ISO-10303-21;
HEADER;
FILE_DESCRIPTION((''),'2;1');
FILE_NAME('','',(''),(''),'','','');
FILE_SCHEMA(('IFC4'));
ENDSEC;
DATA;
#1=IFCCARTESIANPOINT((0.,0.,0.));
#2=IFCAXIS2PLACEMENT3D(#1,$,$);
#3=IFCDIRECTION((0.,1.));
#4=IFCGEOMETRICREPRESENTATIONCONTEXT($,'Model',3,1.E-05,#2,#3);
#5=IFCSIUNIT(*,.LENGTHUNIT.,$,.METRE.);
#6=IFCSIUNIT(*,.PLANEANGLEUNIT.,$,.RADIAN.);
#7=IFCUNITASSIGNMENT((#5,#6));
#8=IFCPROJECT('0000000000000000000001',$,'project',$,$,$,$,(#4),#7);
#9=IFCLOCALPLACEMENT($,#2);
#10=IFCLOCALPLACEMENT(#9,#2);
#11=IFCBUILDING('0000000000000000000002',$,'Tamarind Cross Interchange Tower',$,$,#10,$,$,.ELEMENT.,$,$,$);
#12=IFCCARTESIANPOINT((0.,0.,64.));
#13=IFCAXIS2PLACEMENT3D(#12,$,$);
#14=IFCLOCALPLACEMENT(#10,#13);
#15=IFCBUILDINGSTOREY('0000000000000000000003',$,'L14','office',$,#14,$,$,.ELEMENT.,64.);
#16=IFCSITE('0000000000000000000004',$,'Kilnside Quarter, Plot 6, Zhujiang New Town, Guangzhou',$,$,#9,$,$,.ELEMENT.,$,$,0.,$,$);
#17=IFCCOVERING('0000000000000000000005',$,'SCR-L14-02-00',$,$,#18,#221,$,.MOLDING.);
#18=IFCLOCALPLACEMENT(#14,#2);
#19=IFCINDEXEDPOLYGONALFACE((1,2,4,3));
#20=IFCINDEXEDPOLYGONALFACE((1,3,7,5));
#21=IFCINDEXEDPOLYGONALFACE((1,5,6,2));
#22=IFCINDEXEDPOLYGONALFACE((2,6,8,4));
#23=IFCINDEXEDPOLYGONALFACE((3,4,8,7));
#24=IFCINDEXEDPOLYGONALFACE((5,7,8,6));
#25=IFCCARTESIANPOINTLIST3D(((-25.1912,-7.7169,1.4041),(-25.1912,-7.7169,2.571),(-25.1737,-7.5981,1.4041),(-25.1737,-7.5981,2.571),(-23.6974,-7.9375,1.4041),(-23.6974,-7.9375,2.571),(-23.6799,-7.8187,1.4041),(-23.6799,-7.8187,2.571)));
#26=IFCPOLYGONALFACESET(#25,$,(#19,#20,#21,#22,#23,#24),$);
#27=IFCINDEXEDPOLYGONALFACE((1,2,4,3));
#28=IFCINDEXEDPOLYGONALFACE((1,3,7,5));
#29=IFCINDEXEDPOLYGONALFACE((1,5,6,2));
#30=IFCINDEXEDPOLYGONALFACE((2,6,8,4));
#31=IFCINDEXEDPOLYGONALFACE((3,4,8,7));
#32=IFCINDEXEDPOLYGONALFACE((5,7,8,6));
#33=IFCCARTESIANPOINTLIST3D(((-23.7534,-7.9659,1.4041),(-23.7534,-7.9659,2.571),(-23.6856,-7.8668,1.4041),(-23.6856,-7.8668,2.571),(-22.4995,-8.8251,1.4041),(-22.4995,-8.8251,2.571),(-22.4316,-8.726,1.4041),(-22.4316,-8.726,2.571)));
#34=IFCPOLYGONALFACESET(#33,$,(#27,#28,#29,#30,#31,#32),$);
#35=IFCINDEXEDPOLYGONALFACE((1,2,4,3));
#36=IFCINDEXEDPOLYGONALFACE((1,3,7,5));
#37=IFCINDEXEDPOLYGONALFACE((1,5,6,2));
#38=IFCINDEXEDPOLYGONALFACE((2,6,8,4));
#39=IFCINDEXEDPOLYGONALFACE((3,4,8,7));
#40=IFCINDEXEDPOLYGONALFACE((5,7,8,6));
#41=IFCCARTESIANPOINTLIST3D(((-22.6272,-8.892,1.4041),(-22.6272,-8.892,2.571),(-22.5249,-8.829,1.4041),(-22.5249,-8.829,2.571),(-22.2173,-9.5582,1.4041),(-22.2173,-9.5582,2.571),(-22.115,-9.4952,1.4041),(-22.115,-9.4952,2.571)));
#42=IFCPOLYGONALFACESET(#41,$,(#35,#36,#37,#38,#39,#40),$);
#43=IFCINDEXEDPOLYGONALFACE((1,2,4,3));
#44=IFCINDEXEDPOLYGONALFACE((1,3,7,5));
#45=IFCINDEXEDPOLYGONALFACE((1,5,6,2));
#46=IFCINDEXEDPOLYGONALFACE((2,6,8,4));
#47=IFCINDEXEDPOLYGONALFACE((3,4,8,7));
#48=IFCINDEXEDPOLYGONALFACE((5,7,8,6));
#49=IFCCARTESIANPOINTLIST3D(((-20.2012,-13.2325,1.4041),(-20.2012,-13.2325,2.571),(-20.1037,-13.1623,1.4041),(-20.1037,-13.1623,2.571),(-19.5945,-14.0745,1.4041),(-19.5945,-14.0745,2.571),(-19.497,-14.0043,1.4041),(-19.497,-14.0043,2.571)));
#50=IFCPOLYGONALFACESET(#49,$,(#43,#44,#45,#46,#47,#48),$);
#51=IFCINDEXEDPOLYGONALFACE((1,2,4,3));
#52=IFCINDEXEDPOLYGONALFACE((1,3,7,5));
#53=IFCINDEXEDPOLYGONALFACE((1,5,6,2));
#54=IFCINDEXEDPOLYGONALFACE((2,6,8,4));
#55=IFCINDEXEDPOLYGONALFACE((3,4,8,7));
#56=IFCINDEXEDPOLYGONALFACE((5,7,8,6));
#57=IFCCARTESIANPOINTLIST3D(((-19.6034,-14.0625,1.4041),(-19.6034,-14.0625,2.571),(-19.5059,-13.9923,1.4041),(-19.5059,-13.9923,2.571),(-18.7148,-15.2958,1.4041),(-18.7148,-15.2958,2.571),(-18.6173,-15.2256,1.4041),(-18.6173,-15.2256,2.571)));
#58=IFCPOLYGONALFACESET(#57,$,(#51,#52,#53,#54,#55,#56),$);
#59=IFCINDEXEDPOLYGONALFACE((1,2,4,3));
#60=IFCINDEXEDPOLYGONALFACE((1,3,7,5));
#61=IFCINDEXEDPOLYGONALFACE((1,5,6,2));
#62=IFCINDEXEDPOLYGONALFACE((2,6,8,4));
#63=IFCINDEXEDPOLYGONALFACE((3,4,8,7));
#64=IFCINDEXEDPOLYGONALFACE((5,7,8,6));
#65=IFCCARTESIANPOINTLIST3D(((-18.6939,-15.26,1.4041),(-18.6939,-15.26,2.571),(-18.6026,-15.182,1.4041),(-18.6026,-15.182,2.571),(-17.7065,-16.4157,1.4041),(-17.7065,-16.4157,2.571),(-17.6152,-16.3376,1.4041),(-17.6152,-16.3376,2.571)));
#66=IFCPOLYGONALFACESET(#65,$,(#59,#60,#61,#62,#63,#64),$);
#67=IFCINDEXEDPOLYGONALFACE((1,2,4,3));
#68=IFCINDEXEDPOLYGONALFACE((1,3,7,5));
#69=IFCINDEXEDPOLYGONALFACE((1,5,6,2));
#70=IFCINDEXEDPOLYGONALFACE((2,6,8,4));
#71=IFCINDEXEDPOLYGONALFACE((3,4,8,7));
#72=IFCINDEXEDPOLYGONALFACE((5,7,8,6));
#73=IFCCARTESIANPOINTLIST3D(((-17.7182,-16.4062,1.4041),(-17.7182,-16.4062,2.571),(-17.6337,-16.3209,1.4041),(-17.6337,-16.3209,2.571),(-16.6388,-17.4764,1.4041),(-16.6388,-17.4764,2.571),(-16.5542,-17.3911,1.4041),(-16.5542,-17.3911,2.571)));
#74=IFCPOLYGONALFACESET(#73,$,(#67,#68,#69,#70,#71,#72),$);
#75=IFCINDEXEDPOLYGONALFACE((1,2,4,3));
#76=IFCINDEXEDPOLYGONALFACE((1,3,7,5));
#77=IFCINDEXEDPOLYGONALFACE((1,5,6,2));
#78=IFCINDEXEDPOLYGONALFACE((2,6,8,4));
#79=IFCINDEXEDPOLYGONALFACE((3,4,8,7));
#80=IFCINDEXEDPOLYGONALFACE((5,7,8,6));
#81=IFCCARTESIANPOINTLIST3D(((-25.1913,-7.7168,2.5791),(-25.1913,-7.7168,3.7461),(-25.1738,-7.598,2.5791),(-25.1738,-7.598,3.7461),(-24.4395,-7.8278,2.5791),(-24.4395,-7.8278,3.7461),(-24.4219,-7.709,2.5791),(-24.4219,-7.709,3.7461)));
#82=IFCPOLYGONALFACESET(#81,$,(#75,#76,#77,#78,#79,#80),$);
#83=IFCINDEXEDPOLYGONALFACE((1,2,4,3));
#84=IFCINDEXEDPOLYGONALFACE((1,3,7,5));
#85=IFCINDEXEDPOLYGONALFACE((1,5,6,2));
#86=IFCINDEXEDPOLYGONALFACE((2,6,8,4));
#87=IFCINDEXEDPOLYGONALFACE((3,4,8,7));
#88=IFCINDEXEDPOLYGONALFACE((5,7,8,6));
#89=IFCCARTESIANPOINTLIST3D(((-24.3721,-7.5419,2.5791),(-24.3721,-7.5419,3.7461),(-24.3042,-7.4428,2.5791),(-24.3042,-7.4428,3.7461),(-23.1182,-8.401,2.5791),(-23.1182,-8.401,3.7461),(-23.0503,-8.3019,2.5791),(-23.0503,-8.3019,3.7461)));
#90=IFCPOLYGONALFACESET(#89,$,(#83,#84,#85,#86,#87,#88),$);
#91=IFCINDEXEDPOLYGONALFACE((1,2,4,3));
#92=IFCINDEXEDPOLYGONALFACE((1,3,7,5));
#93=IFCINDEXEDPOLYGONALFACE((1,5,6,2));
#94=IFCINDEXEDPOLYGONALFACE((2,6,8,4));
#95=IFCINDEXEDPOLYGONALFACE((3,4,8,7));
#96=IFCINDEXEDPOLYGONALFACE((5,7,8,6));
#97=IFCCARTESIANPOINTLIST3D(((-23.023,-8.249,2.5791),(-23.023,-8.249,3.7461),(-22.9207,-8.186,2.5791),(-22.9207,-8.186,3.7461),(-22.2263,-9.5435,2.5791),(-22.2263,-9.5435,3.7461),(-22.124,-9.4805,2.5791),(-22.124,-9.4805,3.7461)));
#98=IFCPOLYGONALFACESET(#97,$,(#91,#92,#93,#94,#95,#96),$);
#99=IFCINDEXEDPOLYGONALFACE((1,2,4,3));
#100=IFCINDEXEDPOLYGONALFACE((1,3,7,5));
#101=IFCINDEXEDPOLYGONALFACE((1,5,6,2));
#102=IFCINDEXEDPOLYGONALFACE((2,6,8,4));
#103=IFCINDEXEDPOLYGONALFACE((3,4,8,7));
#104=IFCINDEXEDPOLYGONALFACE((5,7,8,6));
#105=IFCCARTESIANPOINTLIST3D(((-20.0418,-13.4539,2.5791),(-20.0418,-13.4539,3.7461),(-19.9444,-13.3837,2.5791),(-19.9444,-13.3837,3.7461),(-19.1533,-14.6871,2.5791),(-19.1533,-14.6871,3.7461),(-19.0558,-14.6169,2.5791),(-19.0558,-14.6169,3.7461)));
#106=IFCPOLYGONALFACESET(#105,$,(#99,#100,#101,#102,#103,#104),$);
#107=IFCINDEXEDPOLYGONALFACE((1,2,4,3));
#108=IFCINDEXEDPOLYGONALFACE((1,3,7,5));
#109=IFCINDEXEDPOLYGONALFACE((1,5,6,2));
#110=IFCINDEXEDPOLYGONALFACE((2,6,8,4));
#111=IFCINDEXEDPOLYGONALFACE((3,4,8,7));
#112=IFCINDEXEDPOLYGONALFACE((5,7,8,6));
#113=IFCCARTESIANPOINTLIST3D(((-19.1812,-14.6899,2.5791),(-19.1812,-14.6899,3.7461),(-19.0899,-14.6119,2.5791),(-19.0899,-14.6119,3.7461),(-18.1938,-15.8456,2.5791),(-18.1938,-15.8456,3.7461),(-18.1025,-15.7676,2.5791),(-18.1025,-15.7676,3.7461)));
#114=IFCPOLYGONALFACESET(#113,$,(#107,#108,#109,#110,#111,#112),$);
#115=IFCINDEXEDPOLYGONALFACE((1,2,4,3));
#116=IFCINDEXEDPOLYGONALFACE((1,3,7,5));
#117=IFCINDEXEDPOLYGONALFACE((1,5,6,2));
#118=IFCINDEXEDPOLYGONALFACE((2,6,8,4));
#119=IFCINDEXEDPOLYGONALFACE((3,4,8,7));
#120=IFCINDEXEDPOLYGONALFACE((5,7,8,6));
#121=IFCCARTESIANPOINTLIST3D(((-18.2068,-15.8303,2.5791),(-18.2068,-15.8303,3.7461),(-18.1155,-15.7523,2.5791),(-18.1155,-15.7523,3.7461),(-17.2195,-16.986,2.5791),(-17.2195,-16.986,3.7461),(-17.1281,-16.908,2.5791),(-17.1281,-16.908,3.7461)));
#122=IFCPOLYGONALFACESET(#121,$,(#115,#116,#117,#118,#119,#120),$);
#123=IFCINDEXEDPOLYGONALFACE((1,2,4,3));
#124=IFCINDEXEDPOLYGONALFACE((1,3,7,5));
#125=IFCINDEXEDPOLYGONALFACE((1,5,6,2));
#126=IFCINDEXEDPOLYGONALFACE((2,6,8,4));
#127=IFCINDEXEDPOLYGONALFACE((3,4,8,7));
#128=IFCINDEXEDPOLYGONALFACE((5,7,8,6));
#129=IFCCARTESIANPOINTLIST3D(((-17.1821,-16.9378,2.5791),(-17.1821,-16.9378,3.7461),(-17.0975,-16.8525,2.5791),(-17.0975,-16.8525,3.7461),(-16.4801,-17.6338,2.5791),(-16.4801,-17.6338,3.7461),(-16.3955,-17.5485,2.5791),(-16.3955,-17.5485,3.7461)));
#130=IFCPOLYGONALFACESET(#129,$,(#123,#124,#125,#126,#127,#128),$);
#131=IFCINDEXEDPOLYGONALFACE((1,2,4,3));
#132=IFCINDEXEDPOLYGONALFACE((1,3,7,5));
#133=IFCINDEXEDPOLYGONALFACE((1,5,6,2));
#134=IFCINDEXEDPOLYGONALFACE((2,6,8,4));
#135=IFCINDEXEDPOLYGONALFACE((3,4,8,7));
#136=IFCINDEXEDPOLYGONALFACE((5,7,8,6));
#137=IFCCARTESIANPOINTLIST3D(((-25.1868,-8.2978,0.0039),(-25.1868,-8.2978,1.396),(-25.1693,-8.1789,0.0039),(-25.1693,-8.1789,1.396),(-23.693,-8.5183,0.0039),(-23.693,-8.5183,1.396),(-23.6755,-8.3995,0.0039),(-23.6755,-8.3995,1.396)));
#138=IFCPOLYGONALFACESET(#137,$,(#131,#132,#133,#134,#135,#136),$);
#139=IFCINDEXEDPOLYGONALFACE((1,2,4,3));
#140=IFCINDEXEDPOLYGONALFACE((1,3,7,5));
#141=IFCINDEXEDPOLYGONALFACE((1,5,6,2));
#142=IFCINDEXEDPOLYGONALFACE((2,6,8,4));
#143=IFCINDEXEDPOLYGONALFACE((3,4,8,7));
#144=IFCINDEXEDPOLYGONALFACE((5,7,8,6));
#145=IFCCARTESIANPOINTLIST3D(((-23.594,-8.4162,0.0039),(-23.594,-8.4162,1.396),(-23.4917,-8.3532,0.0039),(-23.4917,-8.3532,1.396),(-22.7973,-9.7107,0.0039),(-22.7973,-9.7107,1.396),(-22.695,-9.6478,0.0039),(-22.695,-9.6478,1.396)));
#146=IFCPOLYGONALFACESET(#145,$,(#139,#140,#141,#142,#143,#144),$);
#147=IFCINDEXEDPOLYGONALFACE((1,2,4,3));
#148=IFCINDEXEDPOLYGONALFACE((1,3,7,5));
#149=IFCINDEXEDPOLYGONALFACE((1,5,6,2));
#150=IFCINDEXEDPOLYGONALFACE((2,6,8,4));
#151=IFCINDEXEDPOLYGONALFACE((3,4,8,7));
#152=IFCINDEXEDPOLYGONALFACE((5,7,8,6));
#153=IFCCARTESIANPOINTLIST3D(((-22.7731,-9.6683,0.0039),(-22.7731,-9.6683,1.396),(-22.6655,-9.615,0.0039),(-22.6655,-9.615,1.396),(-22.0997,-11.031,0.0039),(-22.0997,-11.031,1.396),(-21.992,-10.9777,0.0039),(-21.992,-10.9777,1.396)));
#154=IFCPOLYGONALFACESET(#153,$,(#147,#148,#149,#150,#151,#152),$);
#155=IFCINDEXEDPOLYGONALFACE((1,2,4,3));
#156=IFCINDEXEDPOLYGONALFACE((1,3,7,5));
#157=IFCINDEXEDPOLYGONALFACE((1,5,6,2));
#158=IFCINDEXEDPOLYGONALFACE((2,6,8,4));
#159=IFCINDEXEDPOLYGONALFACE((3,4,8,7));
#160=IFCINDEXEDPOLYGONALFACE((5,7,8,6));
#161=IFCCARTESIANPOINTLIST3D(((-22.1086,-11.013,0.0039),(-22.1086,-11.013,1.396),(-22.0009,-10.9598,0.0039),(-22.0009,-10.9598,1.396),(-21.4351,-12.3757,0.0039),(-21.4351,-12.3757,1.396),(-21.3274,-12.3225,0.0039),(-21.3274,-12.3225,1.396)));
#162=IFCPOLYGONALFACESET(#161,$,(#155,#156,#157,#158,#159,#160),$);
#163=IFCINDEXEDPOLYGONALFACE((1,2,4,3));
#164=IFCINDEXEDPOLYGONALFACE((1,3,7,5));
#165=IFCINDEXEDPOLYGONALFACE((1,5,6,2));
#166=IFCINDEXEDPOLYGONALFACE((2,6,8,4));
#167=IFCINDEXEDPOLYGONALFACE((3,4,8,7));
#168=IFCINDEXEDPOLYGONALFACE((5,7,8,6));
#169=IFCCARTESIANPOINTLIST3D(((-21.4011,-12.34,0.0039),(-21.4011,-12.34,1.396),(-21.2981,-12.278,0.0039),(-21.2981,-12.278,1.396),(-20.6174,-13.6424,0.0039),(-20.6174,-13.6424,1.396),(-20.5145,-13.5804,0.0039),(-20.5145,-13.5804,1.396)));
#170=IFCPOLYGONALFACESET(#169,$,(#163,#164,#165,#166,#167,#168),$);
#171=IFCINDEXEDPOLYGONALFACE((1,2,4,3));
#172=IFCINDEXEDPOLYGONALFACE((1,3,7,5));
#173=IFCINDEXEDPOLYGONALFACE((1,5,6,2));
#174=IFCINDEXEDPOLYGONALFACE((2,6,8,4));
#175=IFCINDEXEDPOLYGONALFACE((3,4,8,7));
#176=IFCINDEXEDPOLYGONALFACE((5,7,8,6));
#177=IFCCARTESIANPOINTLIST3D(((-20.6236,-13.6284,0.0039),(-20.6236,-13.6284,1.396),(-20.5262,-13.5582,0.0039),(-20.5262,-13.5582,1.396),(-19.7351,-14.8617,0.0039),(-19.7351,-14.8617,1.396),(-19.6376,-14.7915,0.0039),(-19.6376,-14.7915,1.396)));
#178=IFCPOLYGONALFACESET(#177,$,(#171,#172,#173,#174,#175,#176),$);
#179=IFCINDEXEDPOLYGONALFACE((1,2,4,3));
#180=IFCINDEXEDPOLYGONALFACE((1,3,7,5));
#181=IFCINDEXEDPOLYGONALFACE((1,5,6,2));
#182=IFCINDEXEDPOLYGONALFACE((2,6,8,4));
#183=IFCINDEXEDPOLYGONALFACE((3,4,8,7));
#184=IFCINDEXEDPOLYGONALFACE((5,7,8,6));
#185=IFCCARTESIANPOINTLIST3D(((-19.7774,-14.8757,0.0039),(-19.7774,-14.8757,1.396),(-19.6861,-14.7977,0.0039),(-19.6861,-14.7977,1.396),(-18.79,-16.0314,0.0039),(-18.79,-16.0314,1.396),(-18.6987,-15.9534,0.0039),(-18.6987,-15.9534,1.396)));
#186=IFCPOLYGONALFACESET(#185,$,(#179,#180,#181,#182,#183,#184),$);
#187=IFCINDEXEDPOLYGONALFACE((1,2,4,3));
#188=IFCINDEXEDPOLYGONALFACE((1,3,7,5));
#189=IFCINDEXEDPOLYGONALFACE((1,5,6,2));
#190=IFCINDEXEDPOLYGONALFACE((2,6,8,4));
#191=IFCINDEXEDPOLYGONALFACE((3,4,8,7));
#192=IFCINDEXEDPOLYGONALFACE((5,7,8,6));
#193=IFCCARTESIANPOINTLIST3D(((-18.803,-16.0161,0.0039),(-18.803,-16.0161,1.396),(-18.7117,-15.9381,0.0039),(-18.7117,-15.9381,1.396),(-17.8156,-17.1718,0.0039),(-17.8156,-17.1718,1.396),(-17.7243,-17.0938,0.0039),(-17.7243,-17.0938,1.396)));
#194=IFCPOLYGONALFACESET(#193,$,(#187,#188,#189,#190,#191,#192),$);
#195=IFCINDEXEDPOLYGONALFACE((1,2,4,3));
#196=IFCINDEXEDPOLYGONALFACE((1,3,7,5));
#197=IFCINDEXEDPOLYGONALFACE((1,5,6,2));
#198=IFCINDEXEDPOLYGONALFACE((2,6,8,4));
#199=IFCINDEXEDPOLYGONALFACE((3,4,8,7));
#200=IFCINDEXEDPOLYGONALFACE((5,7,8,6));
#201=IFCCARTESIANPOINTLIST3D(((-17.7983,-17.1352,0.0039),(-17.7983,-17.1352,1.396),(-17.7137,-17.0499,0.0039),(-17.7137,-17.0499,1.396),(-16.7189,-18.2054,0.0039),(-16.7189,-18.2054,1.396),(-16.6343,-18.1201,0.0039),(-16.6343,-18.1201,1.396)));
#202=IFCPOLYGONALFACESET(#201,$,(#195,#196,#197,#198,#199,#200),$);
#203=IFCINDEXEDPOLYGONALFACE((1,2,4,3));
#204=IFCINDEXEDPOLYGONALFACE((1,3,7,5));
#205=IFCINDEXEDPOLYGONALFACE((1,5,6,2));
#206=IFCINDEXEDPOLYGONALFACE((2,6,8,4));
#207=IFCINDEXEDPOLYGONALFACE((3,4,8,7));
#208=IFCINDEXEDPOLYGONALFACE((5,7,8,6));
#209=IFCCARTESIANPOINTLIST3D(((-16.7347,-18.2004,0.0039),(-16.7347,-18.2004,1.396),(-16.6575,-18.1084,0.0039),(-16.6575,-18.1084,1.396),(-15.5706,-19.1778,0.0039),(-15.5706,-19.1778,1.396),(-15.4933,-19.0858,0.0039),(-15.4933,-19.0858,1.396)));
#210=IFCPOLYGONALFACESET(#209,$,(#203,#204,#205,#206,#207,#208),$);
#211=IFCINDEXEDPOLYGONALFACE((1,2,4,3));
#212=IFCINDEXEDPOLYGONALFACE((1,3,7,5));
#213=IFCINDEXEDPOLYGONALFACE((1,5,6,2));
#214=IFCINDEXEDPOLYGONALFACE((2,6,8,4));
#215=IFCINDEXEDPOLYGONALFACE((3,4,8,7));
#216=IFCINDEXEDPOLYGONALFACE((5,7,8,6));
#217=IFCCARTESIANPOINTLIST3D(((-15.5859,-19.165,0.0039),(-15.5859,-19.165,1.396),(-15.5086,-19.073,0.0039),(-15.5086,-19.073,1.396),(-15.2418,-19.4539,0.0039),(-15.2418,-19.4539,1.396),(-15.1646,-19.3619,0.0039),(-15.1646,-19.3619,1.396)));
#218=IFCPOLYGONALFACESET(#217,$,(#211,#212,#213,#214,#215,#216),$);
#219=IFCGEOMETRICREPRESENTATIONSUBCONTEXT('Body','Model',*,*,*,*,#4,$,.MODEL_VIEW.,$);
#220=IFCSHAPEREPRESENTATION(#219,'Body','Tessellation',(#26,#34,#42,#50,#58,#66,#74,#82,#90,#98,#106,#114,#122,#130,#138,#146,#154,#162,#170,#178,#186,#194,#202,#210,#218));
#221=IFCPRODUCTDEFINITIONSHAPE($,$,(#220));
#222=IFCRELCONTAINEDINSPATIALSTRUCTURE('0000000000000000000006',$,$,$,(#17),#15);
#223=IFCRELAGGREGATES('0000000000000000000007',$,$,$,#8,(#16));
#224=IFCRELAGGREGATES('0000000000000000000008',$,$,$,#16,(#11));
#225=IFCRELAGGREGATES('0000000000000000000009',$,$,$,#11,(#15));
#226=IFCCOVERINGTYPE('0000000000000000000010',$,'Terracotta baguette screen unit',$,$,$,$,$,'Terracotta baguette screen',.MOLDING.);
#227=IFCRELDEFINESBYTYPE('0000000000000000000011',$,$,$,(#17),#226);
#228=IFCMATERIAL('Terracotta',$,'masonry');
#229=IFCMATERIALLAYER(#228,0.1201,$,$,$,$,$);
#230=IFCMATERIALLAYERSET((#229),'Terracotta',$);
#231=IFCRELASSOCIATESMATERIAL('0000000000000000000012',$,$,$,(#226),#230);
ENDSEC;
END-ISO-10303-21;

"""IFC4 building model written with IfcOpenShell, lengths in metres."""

from ifc_helpers import new_model, si_unit, direction, frame, origin, origin_2d, place, context, subcontext, project, spatial, rectangle, extrude, material, layer, layer_set, type_object, element, save


model = new_model("IFC4")

# Units and contexts
model_context = context("Model", 3, precision=1e-05, world=origin(), true_north=direction((0.0, 1.0)))
body_context = subcontext(model_context, "Body", "Model", "MODEL_VIEW")
ifc_project = project(units=[si_unit("LENGTHUNIT", "METRE"), si_unit("PLANEANGLEUNIT", "RADIAN")], contexts=[model_context])

# Site, building, storey
site_placement = place(None, origin())
site = spatial("IfcSite", under=ifc_project, at=site_placement, Name="Kilnside Quarter, Plot 6, Zhujiang New Town, Guangzhou", CompositionType="ELEMENT", RefElevation=0.0)
building_placement = place(site_placement, origin())
building = spatial("IfcBuilding", under=site, at=building_placement, Name="Tamarind Cross Interchange Tower", CompositionType="ELEMENT")
storey_placement = place(building_placement, frame((0.0, 0.0, 64.0)))
storey = spatial("IfcBuildingStorey", under=building, at=storey_placement, Name="L14", Description="office", CompositionType="ELEMENT", Elevation=64.0)

# Covering
ifc_material_1 = material(Name="Terracotta", Category="masonry")
ifc_layer_1 = layer(ifc_material_1, 0.1201)
ifc_layer_set_1 = layer_set([ifc_layer_1], Name="Terracotta")
covering_type = type_object("IfcCoveringType", Name="Terracotta baguette screen unit", ElementType="Terracotta baguette screen", PredefinedType="MOLDING", material=ifc_layer_set_1)
covering_1_placement = place(storey_placement, origin())
element("IfcCovering", 1, at=covering_1_placement, inside=storey, type_object=covering_type, Name="SCR-L14-02-00", PredefinedType="MOLDING", context=body_context, shape_type="SweptSolid", body=[
    extrude(rectangle(XDim=1.51, YDim=0.1201, at=origin_2d()), frame((-24.4355, -7.7678, 1.4041), z_axis=(0.0, 0.0, 1.0), x_axis=(0.989273, -0.14608, 0.0)), (0.0, 0.0, 1.0), 1.167),
    extrude(rectangle(XDim=1.52, YDim=0.1201, at=origin_2d()), frame((-23.0925, -8.3459, 1.4041), z_axis=(0.0, 0.0, 1.0), x_axis=(0.824948, -0.565209, 0.0)), (0.0, 0.0, 1.0), 1.167),
    extrude(rectangle(XDim=0.7822, YDim=0.1201, at=origin_2d()), frame((-22.3711, -9.1936, 1.4041), z_axis=(0.0, 0.0, 1.0), x_axis=(0.524119, -0.851645, 0.0)), (0.0, 0.0, 1.0), 1.167),
    extrude(rectangle(XDim=1.0378, YDim=0.1201, at=origin_2d()), frame((-19.8491, -13.6184, 1.4041), z_axis=(0.0, 0.0, 1.0), x_axis=(0.584574, -0.81134, 0.0)), (0.0, 0.0, 1.0), 1.167),
    extrude(rectangle(XDim=1.52, YDim=0.1201, at=origin_2d()), frame((-19.1104, -14.644, 1.4041), z_axis=(0.0, 0.0, 1.0), x_axis=(0.584574, -0.81134, 0.0)), (0.0, 0.0, 1.0), 1.167),
    extrude(rectangle(XDim=1.52, YDim=0.1201, at=origin_2d()), frame((-18.1545, -15.7988, 1.4041), z_axis=(0.0, 0.0, 1.0), x_axis=(0.649577, -0.760296, 0.0)), (0.0, 0.0, 1.0), 1.167),
    extrude(rectangle(XDim=1.52, YDim=0.1201, at=origin_2d()), frame((-17.1362, -16.8987, 1.4041), z_axis=(0.0, 0.0, 1.0), x_axis=(0.710143, -0.704057, 0.0)), (0.0, 0.0, 1.0), 1.167),
    extrude(rectangle(XDim=0.76, YDim=0.1201, at=origin_2d()), frame((-24.8066, -7.7129, 2.5791), z_axis=(0.0, 0.0, 1.0), x_axis=(0.989273, -0.14608, 0.0)), (0.0, 0.0, 1.0), 1.167),
    extrude(rectangle(XDim=1.52, YDim=0.1201, at=origin_2d()), frame((-23.7112, -7.9219, 2.5791), z_axis=(0.0, 0.0, 1.0), x_axis=(0.824948, -0.565209, 0.0)), (0.0, 0.0, 1.0), 1.167),
    extrude(rectangle(XDim=1.52, YDim=0.1201, at=origin_2d()), frame((-22.5735, -8.8647, 2.5791), z_axis=(0.0, 0.0, 1.0), x_axis=(0.524119, -0.851645, 0.0)), (0.0, 0.0, 1.0), 1.167),
    extrude(rectangle(XDim=1.52, YDim=0.1201, at=origin_2d()), frame((-19.5488, -14.0354, 2.5791), z_axis=(0.0, 0.0, 1.0), x_axis=(0.584574, -0.81134, 0.0)), (0.0, 0.0, 1.0), 1.167),
    extrude(rectangle(XDim=1.52, YDim=0.1201, at=origin_2d()), frame((-18.6418, -15.2288, 2.5791), z_axis=(0.0, 0.0, 1.0), x_axis=(0.649577, -0.760296, 0.0)), (0.0, 0.0, 1.0), 1.167),
    extrude(rectangle(XDim=1.52, YDim=0.1201, at=origin_2d()), frame((-17.6675, -16.3691, 2.5791), z_axis=(0.0, 0.0, 1.0), x_axis=(0.649577, -0.760296, 0.0)), (0.0, 0.0, 1.0), 1.167),
    extrude(rectangle(XDim=0.9885, YDim=0.1201, at=origin_2d()), frame((-16.7888, -17.2432, 2.5791), z_axis=(0.0, 0.0, 1.0), x_axis=(0.710143, -0.704057, 0.0)), (0.0, 0.0, 1.0), 1.167),
    extrude(rectangle(XDim=1.51, YDim=0.1201, at=origin_2d()), frame((-24.4312, -8.3486, 0.0039), z_axis=(0.0, 0.0, 1.0), x_axis=(0.989273, -0.14608, 0.0)), (0.0, 0.0, 1.0), 1.3921),
    extrude(rectangle(XDim=1.52, YDim=0.1201, at=origin_2d()), frame((-23.1445, -9.032, 0.0039), z_axis=(0.0, 0.0, 1.0), x_axis=(0.524119, -0.851645, 0.0)), (0.0, 0.0, 1.0), 1.3921),
    extrude(rectangle(XDim=1.52, YDim=0.1201, at=origin_2d()), frame((-22.3826, -10.323, 0.0039), z_axis=(0.0, 0.0, 1.0), x_axis=(0.443059, -0.896493, 0.0)), (0.0, 0.0, 1.0), 1.3921),
    extrude(rectangle(XDim=1.52, YDim=0.1201, at=origin_2d()), frame((-21.718, -11.6677, 0.0039), z_axis=(0.0, 0.0, 1.0), x_axis=(0.443059, -0.896493, 0.0)), (0.0, 0.0, 1.0), 1.3921),
    extrude(rectangle(XDim=1.52, YDim=0.1201, at=origin_2d()), frame((-20.9578, -12.9602, 0.0039), z_axis=(0.0, 0.0, 1.0), x_axis=(0.515577, -0.856843, 0.0)), (0.0, 0.0, 1.0), 1.3921),
    extrude(rectangle(XDim=1.52, YDim=0.1201, at=origin_2d()), frame((-20.1306, -14.21, 0.0039), z_axis=(0.0, 0.0, 1.0), x_axis=(0.584574, -0.81134, 0.0)), (0.0, 0.0, 1.0), 1.3921),
    extrude(rectangle(XDim=1.52, YDim=0.1201, at=origin_2d()), frame((-19.238, -15.4146, 0.0039), z_axis=(0.0, 0.0, 1.0), x_axis=(0.649577, -0.760296, 0.0)), (0.0, 0.0, 1.0), 1.3921),
    extrude(rectangle(XDim=1.52, YDim=0.1201, at=origin_2d()), frame((-18.2637, -16.5549, 0.0039), z_axis=(0.0, 0.0, 1.0), x_axis=(0.649577, -0.760296, 0.0)), (0.0, 0.0, 1.0), 1.3921),
    extrude(rectangle(XDim=1.52, YDim=0.1201, at=origin_2d()), frame((-17.2163, -17.6277, 0.0039), z_axis=(0.0, 0.0, 1.0), x_axis=(0.710143, -0.704057, 0.0)), (0.0, 0.0, 1.0), 1.3921),
    extrude(rectangle(XDim=1.52, YDim=0.1201, at=origin_2d()), frame((-16.114, -18.6431, 0.0039), z_axis=(0.0, 0.0, 1.0), x_axis=(0.765858, -0.643009, 0.0)), (0.0, 0.0, 1.0), 1.3921),
    extrude(rectangle(XDim=0.4492, YDim=0.1201, at=origin_2d()), frame((-15.3752, -19.2634, 0.0039), z_axis=(0.0, 0.0, 1.0), x_axis=(0.765858, -0.643009, 0.0)), (0.0, 0.0, 1.0), 1.3921),
])

save(model, "model.ifc")
